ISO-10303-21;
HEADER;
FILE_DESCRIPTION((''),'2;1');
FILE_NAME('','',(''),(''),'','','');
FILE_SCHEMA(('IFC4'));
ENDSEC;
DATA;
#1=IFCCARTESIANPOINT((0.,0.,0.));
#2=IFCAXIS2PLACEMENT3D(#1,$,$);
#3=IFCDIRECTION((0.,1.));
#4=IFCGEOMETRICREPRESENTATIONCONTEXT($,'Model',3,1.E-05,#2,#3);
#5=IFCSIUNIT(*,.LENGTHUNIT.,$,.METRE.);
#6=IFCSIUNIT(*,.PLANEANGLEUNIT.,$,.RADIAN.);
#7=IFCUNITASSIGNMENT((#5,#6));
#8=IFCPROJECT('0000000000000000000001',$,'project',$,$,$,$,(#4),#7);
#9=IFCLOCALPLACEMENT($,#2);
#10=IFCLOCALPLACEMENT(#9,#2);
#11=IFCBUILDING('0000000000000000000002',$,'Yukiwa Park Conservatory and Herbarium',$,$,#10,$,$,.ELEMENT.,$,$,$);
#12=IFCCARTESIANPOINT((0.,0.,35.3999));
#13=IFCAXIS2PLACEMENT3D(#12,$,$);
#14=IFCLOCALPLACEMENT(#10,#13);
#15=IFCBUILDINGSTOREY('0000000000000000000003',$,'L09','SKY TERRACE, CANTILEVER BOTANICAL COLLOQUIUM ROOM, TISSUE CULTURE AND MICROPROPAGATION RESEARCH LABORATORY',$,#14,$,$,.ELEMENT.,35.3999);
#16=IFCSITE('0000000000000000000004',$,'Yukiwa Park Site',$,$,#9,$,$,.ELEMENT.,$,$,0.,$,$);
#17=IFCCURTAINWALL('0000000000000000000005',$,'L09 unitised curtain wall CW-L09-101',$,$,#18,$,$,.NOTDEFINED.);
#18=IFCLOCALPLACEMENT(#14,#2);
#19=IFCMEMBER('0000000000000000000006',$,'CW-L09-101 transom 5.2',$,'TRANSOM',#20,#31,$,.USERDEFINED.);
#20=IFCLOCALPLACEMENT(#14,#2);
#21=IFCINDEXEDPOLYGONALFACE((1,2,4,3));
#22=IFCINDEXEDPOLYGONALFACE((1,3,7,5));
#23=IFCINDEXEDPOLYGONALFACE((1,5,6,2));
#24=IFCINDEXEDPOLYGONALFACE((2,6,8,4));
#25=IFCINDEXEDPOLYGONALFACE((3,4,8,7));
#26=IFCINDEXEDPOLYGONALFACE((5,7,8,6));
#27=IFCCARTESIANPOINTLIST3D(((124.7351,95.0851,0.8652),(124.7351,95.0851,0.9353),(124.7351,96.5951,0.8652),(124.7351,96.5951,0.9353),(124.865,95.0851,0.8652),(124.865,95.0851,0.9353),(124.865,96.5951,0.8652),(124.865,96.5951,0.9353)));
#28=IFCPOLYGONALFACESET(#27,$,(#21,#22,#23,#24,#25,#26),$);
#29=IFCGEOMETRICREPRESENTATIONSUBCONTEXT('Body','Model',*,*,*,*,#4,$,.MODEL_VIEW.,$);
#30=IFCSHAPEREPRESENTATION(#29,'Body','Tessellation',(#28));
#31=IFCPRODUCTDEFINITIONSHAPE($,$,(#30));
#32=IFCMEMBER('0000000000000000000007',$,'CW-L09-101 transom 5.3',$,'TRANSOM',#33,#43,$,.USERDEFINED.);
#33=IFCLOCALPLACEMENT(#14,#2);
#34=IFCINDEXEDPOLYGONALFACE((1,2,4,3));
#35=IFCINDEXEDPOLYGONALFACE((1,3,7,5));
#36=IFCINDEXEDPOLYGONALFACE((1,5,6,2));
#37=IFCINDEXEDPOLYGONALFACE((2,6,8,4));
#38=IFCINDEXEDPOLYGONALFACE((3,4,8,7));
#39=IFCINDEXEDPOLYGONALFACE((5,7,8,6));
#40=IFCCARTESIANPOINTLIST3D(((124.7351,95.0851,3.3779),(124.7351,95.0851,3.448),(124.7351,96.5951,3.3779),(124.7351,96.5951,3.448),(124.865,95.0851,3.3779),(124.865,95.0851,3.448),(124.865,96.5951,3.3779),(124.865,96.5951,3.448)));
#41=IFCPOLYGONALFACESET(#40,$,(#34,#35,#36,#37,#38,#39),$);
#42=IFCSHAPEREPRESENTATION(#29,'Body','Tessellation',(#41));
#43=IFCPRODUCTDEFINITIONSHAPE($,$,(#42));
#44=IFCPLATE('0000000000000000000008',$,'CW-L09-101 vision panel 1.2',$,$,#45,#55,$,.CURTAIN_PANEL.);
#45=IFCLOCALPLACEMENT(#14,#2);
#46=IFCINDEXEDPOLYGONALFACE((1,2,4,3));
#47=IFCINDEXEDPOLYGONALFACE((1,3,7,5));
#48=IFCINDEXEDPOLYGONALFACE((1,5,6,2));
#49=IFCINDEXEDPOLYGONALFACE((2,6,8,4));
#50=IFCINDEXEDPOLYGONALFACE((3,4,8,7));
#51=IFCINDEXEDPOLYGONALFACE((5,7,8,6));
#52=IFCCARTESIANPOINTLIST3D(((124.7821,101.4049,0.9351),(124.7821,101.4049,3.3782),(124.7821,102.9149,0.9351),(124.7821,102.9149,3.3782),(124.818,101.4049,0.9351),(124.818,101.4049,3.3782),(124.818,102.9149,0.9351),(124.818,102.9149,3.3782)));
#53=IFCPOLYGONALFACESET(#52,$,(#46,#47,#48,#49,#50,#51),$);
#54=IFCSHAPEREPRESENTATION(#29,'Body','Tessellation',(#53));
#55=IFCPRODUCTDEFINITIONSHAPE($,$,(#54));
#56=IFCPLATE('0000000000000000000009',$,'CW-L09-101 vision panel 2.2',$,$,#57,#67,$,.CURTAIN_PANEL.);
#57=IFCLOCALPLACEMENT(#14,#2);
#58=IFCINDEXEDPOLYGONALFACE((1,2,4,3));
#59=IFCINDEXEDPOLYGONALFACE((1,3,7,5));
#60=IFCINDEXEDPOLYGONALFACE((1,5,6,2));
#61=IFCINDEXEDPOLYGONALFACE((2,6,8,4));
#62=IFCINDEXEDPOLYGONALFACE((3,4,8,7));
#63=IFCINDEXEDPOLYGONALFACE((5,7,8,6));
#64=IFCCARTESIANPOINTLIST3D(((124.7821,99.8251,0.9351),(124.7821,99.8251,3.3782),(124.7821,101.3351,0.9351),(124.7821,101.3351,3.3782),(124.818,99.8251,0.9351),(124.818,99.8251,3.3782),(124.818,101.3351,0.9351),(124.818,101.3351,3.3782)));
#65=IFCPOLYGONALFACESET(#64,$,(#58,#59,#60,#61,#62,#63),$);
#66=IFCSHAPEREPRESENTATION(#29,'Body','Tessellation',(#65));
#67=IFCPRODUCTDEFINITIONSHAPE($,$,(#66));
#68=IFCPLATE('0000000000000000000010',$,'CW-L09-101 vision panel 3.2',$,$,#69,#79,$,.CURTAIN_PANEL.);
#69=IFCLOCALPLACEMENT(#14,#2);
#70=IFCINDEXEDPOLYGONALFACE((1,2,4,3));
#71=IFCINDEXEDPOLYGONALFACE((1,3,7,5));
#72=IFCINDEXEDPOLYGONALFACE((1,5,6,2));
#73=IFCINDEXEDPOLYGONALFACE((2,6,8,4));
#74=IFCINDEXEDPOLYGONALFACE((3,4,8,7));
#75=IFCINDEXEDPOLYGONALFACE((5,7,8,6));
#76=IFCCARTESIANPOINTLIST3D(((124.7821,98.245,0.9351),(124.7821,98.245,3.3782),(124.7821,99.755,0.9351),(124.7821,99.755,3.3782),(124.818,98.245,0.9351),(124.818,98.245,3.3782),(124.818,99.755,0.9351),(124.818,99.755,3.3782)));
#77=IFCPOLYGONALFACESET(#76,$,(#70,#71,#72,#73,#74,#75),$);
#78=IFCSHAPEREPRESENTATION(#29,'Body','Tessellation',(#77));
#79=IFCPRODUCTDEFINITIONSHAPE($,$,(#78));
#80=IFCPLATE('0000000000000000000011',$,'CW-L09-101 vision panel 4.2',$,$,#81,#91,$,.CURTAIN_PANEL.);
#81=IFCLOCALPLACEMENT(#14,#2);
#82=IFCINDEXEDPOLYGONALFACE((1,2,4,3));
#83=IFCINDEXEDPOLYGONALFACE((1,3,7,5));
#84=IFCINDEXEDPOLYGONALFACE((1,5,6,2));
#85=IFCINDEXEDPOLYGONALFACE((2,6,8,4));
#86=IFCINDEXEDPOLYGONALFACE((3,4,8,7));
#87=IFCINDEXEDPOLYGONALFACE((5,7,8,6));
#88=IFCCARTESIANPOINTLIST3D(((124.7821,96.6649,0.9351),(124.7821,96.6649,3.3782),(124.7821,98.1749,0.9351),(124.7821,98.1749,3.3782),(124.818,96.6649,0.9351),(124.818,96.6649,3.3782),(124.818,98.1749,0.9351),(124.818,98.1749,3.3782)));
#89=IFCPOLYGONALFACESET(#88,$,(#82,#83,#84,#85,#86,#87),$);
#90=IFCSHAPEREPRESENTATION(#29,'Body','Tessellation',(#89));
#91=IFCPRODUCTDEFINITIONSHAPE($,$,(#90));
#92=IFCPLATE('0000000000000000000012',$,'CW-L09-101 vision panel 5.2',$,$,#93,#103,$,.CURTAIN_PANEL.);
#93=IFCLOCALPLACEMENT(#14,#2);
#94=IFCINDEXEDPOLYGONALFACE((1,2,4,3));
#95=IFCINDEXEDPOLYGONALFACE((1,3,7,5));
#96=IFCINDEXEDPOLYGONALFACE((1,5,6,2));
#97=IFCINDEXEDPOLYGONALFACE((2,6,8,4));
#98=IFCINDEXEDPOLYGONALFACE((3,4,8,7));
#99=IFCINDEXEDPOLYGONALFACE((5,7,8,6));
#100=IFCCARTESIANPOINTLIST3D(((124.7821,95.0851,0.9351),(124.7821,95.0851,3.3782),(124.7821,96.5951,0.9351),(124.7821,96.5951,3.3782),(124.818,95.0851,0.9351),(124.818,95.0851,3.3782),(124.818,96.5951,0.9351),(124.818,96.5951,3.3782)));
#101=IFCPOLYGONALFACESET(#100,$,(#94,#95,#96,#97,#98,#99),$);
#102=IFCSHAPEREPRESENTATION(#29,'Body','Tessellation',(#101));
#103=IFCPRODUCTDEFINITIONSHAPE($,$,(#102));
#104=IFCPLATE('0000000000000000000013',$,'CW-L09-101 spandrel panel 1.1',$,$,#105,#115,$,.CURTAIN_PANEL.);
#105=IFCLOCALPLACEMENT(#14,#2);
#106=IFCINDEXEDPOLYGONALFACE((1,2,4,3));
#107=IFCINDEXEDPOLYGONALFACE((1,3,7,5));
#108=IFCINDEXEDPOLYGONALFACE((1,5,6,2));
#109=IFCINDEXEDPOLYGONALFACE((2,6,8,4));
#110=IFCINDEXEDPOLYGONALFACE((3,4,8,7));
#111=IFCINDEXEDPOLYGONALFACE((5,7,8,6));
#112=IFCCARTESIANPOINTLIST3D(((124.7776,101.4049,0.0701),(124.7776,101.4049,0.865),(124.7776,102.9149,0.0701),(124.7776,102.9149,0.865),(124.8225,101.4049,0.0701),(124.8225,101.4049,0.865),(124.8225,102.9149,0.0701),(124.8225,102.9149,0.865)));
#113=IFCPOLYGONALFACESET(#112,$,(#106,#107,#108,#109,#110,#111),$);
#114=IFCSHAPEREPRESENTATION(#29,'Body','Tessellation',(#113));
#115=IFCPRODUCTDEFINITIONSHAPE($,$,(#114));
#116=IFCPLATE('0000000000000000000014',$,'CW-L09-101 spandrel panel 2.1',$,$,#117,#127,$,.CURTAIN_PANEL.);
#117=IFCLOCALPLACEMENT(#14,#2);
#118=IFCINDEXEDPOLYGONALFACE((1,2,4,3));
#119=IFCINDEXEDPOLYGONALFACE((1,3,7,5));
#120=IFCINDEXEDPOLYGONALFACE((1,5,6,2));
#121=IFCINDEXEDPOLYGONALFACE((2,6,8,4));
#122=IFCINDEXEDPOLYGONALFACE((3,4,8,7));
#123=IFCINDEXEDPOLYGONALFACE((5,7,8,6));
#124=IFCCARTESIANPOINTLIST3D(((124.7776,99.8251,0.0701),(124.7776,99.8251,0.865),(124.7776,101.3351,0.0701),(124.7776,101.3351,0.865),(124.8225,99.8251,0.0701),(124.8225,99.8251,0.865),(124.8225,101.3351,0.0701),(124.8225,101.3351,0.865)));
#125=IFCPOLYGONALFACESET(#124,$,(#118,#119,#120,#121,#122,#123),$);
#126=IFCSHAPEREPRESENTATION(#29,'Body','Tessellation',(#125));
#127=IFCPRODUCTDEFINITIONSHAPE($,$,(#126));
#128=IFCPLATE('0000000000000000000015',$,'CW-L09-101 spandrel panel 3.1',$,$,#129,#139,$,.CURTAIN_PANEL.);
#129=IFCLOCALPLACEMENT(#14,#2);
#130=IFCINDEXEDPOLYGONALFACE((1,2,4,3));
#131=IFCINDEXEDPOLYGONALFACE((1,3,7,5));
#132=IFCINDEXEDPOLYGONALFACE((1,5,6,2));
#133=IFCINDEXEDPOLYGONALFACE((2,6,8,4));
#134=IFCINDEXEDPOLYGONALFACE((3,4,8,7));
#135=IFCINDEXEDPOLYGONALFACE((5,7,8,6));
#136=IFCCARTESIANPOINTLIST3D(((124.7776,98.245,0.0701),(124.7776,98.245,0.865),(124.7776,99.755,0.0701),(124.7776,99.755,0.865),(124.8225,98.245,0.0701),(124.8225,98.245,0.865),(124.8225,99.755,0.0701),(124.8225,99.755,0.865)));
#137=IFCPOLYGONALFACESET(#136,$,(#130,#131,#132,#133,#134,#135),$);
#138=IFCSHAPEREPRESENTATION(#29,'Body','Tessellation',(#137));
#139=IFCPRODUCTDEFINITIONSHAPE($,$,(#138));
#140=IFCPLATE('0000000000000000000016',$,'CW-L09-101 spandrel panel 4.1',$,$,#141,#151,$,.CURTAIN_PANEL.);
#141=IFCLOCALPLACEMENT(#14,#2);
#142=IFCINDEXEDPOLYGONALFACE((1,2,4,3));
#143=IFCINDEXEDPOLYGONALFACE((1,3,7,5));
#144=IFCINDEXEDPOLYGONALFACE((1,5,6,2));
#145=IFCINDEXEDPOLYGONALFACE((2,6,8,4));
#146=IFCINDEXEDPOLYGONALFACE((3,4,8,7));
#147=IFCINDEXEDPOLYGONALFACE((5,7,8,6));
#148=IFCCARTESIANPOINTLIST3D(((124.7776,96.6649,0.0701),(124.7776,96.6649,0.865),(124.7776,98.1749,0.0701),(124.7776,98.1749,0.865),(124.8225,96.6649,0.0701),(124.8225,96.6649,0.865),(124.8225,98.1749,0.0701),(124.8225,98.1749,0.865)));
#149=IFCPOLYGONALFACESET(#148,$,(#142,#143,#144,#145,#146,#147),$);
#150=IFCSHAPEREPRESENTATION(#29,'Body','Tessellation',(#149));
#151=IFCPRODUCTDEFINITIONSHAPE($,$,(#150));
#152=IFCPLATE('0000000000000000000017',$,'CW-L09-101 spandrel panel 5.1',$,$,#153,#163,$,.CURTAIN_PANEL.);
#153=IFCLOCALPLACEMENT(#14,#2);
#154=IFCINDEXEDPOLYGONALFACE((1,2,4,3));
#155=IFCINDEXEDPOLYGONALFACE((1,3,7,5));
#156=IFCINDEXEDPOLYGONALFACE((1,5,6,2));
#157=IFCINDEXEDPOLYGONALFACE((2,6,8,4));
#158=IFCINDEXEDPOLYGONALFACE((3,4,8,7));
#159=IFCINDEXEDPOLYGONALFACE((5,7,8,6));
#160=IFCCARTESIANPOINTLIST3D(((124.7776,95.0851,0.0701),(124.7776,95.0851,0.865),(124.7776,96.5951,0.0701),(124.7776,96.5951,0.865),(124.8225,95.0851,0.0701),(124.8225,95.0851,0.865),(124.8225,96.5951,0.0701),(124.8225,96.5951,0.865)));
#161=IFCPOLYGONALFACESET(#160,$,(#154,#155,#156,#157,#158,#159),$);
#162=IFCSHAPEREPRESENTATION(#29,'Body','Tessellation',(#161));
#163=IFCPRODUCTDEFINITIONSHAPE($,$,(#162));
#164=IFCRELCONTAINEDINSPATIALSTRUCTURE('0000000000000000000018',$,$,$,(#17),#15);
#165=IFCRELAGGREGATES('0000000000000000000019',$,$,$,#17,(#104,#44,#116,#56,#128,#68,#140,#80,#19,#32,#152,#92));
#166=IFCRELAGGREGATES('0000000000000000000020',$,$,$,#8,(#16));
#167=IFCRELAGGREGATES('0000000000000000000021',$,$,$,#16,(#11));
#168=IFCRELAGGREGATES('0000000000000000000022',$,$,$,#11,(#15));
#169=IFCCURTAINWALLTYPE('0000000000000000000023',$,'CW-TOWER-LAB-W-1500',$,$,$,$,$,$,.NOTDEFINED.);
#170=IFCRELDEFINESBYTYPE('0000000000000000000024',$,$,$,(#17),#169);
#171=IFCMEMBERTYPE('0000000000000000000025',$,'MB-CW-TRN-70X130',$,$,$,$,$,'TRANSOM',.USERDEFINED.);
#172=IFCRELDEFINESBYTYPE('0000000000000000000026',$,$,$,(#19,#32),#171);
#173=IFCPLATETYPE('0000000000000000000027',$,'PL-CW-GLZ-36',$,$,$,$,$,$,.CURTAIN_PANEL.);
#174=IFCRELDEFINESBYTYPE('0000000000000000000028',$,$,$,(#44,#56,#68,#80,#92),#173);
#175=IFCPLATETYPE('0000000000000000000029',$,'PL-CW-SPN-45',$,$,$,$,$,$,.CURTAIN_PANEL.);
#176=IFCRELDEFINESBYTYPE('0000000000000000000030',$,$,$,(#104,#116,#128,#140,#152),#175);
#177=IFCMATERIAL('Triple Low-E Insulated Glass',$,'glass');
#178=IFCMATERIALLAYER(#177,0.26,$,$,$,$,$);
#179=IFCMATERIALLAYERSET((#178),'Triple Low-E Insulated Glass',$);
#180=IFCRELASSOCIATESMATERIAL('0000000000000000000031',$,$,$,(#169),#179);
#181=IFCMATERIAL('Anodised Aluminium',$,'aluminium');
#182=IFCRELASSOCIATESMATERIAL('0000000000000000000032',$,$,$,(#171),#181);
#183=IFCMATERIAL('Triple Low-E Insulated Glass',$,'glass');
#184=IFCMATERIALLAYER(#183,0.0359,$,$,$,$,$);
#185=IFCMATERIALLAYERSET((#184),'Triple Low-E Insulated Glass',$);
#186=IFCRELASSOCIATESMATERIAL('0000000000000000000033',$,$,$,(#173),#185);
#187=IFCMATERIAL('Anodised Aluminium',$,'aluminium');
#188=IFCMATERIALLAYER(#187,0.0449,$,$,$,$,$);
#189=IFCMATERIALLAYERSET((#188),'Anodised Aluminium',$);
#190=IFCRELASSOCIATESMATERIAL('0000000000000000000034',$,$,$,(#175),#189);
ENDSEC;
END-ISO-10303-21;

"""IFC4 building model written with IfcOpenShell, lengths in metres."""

from ifc_helpers import new_model, si_unit, direction, frame, origin, origin_2d, place, context, subcontext, project, spatial, rectangle, extrude, material, layer, layer_set, type_object, element, aggregate, save


model = new_model("IFC4")

# Units and contexts
model_context = context("Model", 3, precision=1e-05, world=origin(), true_north=direction((0.0, 1.0)))
body_context = subcontext(model_context, "Body", "Model", "MODEL_VIEW")
ifc_project = project(units=[si_unit("LENGTHUNIT", "METRE"), si_unit("PLANEANGLEUNIT", "RADIAN")], contexts=[model_context])

# Site, building, storey
site_placement = place(None, origin())
site = spatial("IfcSite", under=ifc_project, at=site_placement, Name="Yukiwa Park Site", CompositionType="ELEMENT", RefElevation=0.0)
building_placement = place(site_placement, origin())
building = spatial("IfcBuilding", under=site, at=building_placement, Name="Yukiwa Park Conservatory and Herbarium", CompositionType="ELEMENT")
storey_placement = place(building_placement, frame((0.0, 0.0, 35.3999)))
storey = spatial("IfcBuildingStorey", under=building, at=storey_placement, Name="L09", Description="SKY TERRACE, CANTILEVER BOTANICAL COLLOQUIUM ROOM, TISSUE CULTURE AND MICROPROPAGATION RESEARCH LABORATORY", CompositionType="ELEMENT", Elevation=35.3999)

# Curtain wall
ifc_material_1 = material(Name="Triple Low-E Insulated Glass", Category="glass")
ifc_layer_1 = layer(ifc_material_1, 0.26)
ifc_layer_set_1 = layer_set([ifc_layer_1], Name="Triple Low-E Insulated Glass")
curtain_wall_type = type_object("IfcCurtainWallType", Name="CW-TOWER-LAB-W-1500", PredefinedType="NOTDEFINED", material=ifc_layer_set_1)
curtain_wall_1_placement = place(storey_placement, origin())
curtain_wall_1 = element("IfcCurtainWall", 1, at=curtain_wall_1_placement, inside=storey, type_object=curtain_wall_type, Name="L09 unitised curtain wall CW-L09-101", PredefinedType="NOTDEFINED")

# Members
ifc_material_2 = material(Name="Anodised Aluminium", Category="aluminium")
member_type_1 = type_object("IfcMemberType", Name="MB-CW-TRN-70X130", ElementType="TRANSOM", PredefinedType="USERDEFINED", material=ifc_material_2)
member_1_placement = place(storey_placement, frame((124.8, 95.8401, 0.8652), z_axis=(0.0, 0.0, 1.0), x_axis=(0.0, -1.0, 0.0)))
member_1 = element("IfcMember", 2, at=member_1_placement, type_object=member_type_1, Name="CW-L09-101 transom 5.2", ObjectType="TRANSOM", PredefinedType="USERDEFINED", context=body_context, shape_type="SweptSolid", body=[
    extrude(rectangle(XDim=1.51, YDim=0.1299, at=origin_2d()), origin(), (0.0, 0.0, 1.0), 0.0701),
])
member_2_placement = place(storey_placement, frame((124.8, 95.8401, 3.3779), z_axis=(0.0, 0.0, 1.0), x_axis=(0.0, -1.0, 0.0)))
member_2 = element("IfcMember", 3, at=member_2_placement, type_object=member_type_1, Name="CW-L09-101 transom 5.3", ObjectType="TRANSOM", PredefinedType="USERDEFINED", context=body_context, shape_type="SweptSolid", body=[
    extrude(rectangle(XDim=1.51, YDim=0.1299, at=origin_2d()), origin(), (0.0, 0.0, 1.0), 0.0701),
])

# Plates
ifc_material_3 = material(Name="Triple Low-E Insulated Glass", Category="glass")
ifc_layer_2 = layer(ifc_material_3, 0.0359)
ifc_layer_set_2 = layer_set([ifc_layer_2], Name="Triple Low-E Insulated Glass")
plate_type_1 = type_object("IfcPlateType", Name="PL-CW-GLZ-36", PredefinedType="CURTAIN_PANEL", material=ifc_layer_set_2)
plate_1_placement = place(storey_placement, frame((124.8, 102.1599, 0.9351), z_axis=(0.0, 0.0, 1.0), x_axis=(0.0, -1.0, 0.0)))
plate_1 = element("IfcPlate", 4, at=plate_1_placement, type_object=plate_type_1, Name="CW-L09-101 vision panel 1.2", PredefinedType="CURTAIN_PANEL", context=body_context, shape_type="SweptSolid", body=[
    extrude(rectangle(XDim=1.51, YDim=0.0359, at=origin_2d()), origin(), (0.0, 0.0, 1.0), 2.4431),
])
plate_2_placement = place(storey_placement, frame((124.8, 100.5801, 0.9351), z_axis=(0.0, 0.0, 1.0), x_axis=(0.0, -1.0, 0.0)))
plate_2 = element("IfcPlate", 5, at=plate_2_placement, type_object=plate_type_1, Name="CW-L09-101 vision panel 2.2", PredefinedType="CURTAIN_PANEL", context=body_context, shape_type="SweptSolid", body=[
    extrude(rectangle(XDim=1.51, YDim=0.0359, at=origin_2d()), origin(), (0.0, 0.0, 1.0), 2.4431),
])
plate_3_placement = place(storey_placement, frame((124.8, 99.0, 0.9351), z_axis=(0.0, 0.0, 1.0), x_axis=(0.0, -1.0, 0.0)))
plate_3 = element("IfcPlate", 6, at=plate_3_placement, type_object=plate_type_1, Name="CW-L09-101 vision panel 3.2", PredefinedType="CURTAIN_PANEL", context=body_context, shape_type="SweptSolid", body=[
    extrude(rectangle(XDim=1.51, YDim=0.0359, at=origin_2d()), origin(), (0.0, 0.0, 1.0), 2.4431),
])
plate_4_placement = place(storey_placement, frame((124.8, 97.4199, 0.9351), z_axis=(0.0, 0.0, 1.0), x_axis=(0.0, -1.0, 0.0)))
plate_4 = element("IfcPlate", 7, at=plate_4_placement, type_object=plate_type_1, Name="CW-L09-101 vision panel 4.2", PredefinedType="CURTAIN_PANEL", context=body_context, shape_type="SweptSolid", body=[
    extrude(rectangle(XDim=1.51, YDim=0.0359, at=origin_2d()), origin(), (0.0, 0.0, 1.0), 2.4431),
])
plate_5_placement = place(storey_placement, frame((124.8, 95.8401, 0.9351), z_axis=(0.0, 0.0, 1.0), x_axis=(0.0, -1.0, 0.0)))
plate_5 = element("IfcPlate", 8, at=plate_5_placement, type_object=plate_type_1, Name="CW-L09-101 vision panel 5.2", PredefinedType="CURTAIN_PANEL", context=body_context, shape_type="SweptSolid", body=[
    extrude(rectangle(XDim=1.51, YDim=0.0359, at=origin_2d()), origin(), (0.0, 0.0, 1.0), 2.4431),
])
ifc_material_4 = material(Name="Anodised Aluminium", Category="aluminium")
ifc_layer_3 = layer(ifc_material_4, 0.0449)
ifc_layer_set_3 = layer_set([ifc_layer_3], Name="Anodised Aluminium")
plate_type_2 = type_object("IfcPlateType", Name="PL-CW-SPN-45", PredefinedType="CURTAIN_PANEL", material=ifc_layer_set_3)
plate_6_placement = place(storey_placement, frame((124.8, 102.1599, 0.0701), z_axis=(0.0, 0.0, 1.0), x_axis=(0.0, -1.0, 0.0)))
plate_6 = element("IfcPlate", 9, at=plate_6_placement, type_object=plate_type_2, Name="CW-L09-101 spandrel panel 1.1", PredefinedType="CURTAIN_PANEL", context=body_context, shape_type="SweptSolid", body=[
    extrude(rectangle(XDim=1.51, YDim=0.0449, at=origin_2d()), origin(), (0.0, 0.0, 1.0), 0.7949),
])
plate_7_placement = place(storey_placement, frame((124.8, 100.5801, 0.0701), z_axis=(0.0, 0.0, 1.0), x_axis=(0.0, -1.0, 0.0)))
plate_7 = element("IfcPlate", 10, at=plate_7_placement, type_object=plate_type_2, Name="CW-L09-101 spandrel panel 2.1", PredefinedType="CURTAIN_PANEL", context=body_context, shape_type="SweptSolid", body=[
    extrude(rectangle(XDim=1.51, YDim=0.0449, at=origin_2d()), origin(), (0.0, 0.0, 1.0), 0.7949),
])
plate_8_placement = place(storey_placement, frame((124.8, 99.0, 0.0701), z_axis=(0.0, 0.0, 1.0), x_axis=(0.0, -1.0, 0.0)))
plate_8 = element("IfcPlate", 11, at=plate_8_placement, type_object=plate_type_2, Name="CW-L09-101 spandrel panel 3.1", PredefinedType="CURTAIN_PANEL", context=body_context, shape_type="SweptSolid", body=[
    extrude(rectangle(XDim=1.51, YDim=0.0449, at=origin_2d()), origin(), (0.0, 0.0, 1.0), 0.7949),
])
plate_9_placement = place(storey_placement, frame((124.8, 97.4199, 0.0701), z_axis=(0.0, 0.0, 1.0), x_axis=(0.0, -1.0, 0.0)))
plate_9 = element("IfcPlate", 12, at=plate_9_placement, type_object=plate_type_2, Name="CW-L09-101 spandrel panel 4.1", PredefinedType="CURTAIN_PANEL", context=body_context, shape_type="SweptSolid", body=[
    extrude(rectangle(XDim=1.51, YDim=0.0449, at=origin_2d()), origin(), (0.0, 0.0, 1.0), 0.7949),
])
plate_10_placement = place(storey_placement, frame((124.8, 95.8401, 0.0701), z_axis=(0.0, 0.0, 1.0), x_axis=(0.0, -1.0, 0.0)))
plate_10 = element("IfcPlate", 13, at=plate_10_placement, type_object=plate_type_2, Name="CW-L09-101 spandrel panel 5.1", PredefinedType="CURTAIN_PANEL", context=body_context, shape_type="SweptSolid", body=[
    extrude(rectangle(XDim=1.51, YDim=0.0449, at=origin_2d()), origin(), (0.0, 0.0, 1.0), 0.7949),
])
aggregate(curtain_wall_1, [plate_6, plate_1, plate_7, plate_2, plate_8, plate_3, plate_9, plate_4, member_1, member_2, plate_10, plate_5])

save(model, "model.ifc")
